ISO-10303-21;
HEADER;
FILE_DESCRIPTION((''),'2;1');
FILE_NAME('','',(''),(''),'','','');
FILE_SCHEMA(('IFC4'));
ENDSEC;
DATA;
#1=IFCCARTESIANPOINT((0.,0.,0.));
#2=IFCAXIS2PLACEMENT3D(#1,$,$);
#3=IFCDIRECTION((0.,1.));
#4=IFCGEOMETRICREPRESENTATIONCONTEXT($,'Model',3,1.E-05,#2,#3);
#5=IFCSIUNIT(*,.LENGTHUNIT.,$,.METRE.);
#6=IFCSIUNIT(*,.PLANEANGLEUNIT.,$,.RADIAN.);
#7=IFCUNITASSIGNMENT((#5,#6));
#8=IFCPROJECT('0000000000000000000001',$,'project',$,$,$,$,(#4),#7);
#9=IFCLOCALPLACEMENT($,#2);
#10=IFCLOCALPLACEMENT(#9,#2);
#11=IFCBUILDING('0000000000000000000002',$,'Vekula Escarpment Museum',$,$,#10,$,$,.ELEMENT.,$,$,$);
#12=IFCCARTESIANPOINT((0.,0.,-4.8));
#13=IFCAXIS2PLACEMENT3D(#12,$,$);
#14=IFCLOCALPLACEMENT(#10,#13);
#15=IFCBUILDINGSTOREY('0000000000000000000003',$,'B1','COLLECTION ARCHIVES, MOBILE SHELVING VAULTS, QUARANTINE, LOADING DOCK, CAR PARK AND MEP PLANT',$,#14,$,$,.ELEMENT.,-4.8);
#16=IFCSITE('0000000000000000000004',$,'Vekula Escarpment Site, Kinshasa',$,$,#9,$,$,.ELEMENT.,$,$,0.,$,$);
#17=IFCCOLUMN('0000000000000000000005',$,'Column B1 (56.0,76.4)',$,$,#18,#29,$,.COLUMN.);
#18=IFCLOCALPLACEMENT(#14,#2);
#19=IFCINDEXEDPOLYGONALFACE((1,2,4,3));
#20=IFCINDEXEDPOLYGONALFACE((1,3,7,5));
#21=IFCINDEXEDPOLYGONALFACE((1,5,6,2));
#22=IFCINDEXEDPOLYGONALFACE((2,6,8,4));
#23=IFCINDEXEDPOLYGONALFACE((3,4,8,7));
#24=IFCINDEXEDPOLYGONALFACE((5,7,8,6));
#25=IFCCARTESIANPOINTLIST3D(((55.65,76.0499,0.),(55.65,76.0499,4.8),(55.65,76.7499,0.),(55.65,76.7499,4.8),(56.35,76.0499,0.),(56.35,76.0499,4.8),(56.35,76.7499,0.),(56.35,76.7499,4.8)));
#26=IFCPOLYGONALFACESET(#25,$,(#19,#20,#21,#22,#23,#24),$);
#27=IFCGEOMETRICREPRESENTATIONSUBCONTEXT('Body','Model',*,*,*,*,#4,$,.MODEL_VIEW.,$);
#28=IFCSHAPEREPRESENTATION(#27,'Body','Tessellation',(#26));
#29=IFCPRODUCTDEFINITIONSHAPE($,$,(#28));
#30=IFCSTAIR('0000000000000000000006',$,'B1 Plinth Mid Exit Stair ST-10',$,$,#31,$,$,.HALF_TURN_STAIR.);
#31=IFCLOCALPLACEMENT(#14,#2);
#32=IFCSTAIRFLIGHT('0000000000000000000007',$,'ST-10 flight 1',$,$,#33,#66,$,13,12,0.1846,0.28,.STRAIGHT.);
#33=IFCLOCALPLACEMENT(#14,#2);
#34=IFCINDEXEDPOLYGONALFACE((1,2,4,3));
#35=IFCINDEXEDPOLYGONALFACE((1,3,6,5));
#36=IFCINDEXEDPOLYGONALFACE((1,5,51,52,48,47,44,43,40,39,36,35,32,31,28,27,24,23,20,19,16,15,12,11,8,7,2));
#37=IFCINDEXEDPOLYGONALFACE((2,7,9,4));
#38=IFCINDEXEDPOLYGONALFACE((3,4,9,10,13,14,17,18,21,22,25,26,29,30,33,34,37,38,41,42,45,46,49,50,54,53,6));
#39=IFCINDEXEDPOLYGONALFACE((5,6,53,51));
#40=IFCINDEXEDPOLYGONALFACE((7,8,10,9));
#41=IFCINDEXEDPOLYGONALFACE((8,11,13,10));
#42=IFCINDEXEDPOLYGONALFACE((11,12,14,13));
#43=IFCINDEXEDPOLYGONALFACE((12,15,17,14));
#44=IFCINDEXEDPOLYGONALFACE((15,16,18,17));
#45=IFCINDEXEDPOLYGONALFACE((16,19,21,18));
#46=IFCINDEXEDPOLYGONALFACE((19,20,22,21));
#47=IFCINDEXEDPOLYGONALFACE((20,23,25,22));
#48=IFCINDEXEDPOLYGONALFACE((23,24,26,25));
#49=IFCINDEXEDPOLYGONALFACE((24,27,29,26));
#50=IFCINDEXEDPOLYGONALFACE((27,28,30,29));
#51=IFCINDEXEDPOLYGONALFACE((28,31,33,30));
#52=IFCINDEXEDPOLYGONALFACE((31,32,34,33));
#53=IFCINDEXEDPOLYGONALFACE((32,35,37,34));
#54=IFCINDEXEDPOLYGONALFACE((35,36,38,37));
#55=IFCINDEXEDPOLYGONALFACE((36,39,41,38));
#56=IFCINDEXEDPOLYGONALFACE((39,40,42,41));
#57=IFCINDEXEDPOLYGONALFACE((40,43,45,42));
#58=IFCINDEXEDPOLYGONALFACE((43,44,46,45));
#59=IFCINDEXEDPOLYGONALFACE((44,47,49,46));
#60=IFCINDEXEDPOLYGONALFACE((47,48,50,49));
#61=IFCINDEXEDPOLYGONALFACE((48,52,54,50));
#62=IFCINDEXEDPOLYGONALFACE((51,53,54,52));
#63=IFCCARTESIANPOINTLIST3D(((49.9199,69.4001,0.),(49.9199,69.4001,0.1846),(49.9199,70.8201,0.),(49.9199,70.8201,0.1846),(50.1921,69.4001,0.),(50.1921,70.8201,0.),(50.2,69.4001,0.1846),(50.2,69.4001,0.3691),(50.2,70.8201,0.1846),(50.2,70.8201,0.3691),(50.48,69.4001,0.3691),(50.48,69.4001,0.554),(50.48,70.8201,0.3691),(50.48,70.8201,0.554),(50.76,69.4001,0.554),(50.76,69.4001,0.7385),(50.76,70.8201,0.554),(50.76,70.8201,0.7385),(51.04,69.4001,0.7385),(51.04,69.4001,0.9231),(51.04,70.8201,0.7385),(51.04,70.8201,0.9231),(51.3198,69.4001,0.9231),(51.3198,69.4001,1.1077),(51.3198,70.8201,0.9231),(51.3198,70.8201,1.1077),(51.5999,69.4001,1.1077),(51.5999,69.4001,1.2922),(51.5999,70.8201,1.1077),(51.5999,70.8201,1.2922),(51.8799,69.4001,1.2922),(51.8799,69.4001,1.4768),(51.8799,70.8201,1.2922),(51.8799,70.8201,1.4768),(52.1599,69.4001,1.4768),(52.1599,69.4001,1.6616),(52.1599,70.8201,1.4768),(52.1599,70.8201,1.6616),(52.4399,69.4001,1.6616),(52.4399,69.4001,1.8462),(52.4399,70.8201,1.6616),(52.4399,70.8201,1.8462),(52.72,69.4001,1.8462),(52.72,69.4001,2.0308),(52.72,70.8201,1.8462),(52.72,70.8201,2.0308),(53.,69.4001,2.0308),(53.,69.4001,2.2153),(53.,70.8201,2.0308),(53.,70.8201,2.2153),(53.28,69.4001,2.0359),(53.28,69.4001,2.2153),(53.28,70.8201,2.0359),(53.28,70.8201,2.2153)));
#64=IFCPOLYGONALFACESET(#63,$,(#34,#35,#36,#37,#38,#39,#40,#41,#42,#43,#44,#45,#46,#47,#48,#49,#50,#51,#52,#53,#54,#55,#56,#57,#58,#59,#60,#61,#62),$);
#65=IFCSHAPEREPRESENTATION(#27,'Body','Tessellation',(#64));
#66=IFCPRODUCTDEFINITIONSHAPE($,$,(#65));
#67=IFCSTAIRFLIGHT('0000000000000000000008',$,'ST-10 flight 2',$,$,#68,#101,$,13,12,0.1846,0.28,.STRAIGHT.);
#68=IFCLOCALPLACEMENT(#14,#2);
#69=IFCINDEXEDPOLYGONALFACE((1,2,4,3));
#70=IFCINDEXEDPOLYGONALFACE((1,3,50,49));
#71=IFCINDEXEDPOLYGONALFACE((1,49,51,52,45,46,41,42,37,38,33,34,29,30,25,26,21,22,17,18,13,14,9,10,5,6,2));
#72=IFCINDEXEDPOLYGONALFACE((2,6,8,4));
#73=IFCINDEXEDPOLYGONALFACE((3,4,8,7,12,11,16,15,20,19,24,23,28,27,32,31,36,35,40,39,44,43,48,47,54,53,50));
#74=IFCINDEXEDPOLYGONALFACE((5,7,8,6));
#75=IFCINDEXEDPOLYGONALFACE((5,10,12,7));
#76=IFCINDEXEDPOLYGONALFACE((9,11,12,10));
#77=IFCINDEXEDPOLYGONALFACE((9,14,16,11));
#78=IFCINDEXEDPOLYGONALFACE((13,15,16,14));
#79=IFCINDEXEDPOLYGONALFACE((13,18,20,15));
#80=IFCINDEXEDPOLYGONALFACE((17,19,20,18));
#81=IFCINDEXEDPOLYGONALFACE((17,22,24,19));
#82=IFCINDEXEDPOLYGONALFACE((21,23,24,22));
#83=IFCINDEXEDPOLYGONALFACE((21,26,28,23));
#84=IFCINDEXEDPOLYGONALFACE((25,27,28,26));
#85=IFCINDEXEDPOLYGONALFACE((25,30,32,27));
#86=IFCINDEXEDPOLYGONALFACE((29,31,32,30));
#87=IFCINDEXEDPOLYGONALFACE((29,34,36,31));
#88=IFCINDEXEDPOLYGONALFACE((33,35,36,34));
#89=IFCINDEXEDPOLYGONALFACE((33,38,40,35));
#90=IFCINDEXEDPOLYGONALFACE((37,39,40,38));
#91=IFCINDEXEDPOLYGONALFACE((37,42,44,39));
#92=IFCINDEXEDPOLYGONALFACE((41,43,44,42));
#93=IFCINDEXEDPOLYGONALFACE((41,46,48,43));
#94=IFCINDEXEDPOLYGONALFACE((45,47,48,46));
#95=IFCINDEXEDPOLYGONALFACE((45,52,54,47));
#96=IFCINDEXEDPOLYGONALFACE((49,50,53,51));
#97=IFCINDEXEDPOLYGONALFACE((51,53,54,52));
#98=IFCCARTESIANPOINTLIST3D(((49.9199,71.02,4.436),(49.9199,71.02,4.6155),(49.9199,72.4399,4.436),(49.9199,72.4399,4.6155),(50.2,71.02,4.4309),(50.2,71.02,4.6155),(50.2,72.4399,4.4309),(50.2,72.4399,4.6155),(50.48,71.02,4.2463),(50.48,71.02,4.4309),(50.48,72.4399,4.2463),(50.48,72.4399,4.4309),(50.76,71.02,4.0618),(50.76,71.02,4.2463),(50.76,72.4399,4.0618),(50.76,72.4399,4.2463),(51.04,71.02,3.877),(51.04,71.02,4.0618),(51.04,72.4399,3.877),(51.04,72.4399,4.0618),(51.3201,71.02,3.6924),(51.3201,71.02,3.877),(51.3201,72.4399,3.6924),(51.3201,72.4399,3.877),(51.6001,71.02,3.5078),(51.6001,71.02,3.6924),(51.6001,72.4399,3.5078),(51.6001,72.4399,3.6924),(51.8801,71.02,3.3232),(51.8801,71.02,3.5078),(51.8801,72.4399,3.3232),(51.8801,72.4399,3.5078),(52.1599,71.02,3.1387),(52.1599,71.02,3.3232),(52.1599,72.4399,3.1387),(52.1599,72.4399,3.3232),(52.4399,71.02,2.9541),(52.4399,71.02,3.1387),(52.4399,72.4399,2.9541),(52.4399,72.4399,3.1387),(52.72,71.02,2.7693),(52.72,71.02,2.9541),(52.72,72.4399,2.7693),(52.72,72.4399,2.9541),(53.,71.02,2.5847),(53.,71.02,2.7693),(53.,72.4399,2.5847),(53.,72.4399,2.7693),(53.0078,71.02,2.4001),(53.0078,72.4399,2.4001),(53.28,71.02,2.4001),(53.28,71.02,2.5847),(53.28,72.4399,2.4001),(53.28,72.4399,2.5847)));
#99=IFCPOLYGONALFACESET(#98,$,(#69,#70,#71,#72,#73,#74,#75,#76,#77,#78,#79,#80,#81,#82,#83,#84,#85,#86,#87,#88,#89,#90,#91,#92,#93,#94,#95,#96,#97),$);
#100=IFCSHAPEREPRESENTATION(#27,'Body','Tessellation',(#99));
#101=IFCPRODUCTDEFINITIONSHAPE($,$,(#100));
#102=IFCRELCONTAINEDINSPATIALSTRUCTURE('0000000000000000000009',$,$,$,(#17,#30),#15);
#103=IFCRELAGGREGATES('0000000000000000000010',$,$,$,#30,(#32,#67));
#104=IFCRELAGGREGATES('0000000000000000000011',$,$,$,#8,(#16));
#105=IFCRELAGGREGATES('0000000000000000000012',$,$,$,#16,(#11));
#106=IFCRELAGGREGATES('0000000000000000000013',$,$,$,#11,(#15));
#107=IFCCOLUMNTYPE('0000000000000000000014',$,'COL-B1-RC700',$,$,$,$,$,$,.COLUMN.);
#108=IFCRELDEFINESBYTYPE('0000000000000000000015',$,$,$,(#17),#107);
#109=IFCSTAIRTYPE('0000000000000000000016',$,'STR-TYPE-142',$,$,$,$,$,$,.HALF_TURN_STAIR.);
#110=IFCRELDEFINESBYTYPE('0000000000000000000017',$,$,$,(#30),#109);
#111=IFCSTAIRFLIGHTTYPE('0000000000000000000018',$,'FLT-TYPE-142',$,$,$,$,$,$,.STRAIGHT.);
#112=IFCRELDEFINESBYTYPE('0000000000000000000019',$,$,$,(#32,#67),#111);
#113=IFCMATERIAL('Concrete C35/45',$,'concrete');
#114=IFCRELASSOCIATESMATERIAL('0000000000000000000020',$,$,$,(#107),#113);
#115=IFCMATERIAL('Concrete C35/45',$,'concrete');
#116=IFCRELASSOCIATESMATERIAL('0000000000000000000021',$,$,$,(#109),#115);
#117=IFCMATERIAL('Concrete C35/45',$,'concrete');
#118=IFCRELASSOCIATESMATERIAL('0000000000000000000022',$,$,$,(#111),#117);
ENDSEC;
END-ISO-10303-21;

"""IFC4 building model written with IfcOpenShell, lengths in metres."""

from ifc_helpers import new_model, si_unit, direction, frame, origin, origin_2d, place, context, subcontext, project, spatial, polyline, rectangle, outline, extrude, material, material_profile, profile_set, type_object, element, aggregate, save


model = new_model("IFC4")

# Units and contexts
model_context = context("Model", 3, precision=1e-05, world=origin(), true_north=direction((0.0, 1.0)))
body_context = subcontext(model_context, "Body", "Model", "MODEL_VIEW")
ifc_project = project(units=[si_unit("LENGTHUNIT", "METRE"), si_unit("PLANEANGLEUNIT", "RADIAN")], contexts=[model_context])

# Site, building, storey
site_placement = place(None, origin())
site = spatial("IfcSite", under=ifc_project, at=site_placement, Name="Vekula Escarpment Site, Kinshasa", CompositionType="ELEMENT", RefElevation=0.0)
building_placement = place(site_placement, origin())
building = spatial("IfcBuilding", under=site, at=building_placement, Name="Vekula Escarpment Museum", CompositionType="ELEMENT")
storey_placement = place(building_placement, frame((0.0, 0.0, -4.8)))
storey = spatial("IfcBuildingStorey", under=building, at=storey_placement, Name="B1", Description="COLLECTION ARCHIVES, MOBILE SHELVING VAULTS, QUARANTINE, LOADING DOCK, CAR PARK AND MEP PLANT", CompositionType="ELEMENT", Elevation=-4.8)

# Column
ifc_material_1 = material(Name="Concrete C35/45", Category="concrete")
ifc_material_profile_1 = material_profile(ifc_material_1, rectangle(XDim=0.7, YDim=0.7, at=origin_2d()), Name="RC 700x700")
ifc_profile_set_1 = profile_set([ifc_material_profile_1], Name="Concrete C35/45")
column_type_1 = type_object("IfcColumnType", Name="COL-B1-RC700", PredefinedType="COLUMN", material=ifc_profile_set_1)
column_1_placement = place(storey_placement, frame((56.0, 76.3999, 0.0), z_axis=(0.0, 0.0, 1.0), x_axis=(1.0, 0.0, 0.0)))
element("IfcColumn", 1, at=column_1_placement, inside=storey, type_object=column_type_1, Name="Column B1 (56.0,76.4)", PredefinedType="COLUMN", context=body_context, shape_type="SweptSolid", body=[
    extrude(rectangle(XDim=0.7, YDim=0.7, at=origin_2d()), origin(), (0.0, 0.0, 1.0), 4.8),
])

# Stair, stair flights
ifc_material_2 = material(Name="Concrete C35/45", Category="concrete")
stair_type = type_object("IfcStairType", Name="STR-TYPE-142", PredefinedType="HALF_TURN_STAIR", material=ifc_material_2)
stair_placement = place(storey_placement, origin())
stair = element("IfcStair", 2, at=stair_placement, inside=storey, type_object=stair_type, Name="B1 Plinth Mid Exit Stair ST-10", PredefinedType="HALF_TURN_STAIR")
ifc_material_3 = material(Name="Concrete C35/45", Category="concrete")
stair_flight_type = type_object("IfcStairFlightType", Name="FLT-TYPE-142", PredefinedType="STRAIGHT", material=ifc_material_3)
stair_flight_1_placement = place(storey_placement, frame((49.9199, 70.1101, 0.0), z_axis=(0.0, 0.0, 1.0), x_axis=(1.0, 0.0, 0.0)))
stair_flight_1 = element("IfcStairFlight", 3, at=stair_flight_1_placement, type_object=stair_flight_type, Name="ST-10 flight 1", NumberOfRisers=13, NumberOfTreads=12, PredefinedType="STRAIGHT", RiserHeight=0.1846, TreadLength=0.28, context=body_context, shape_type="SweptSolid", body=[
    extrude(outline(polyline([(0.0, 0.0), (0.0, 0.1846), (0.28, 0.1846), (0.28, 0.3691), (0.5601, 0.3691), (0.5601, 0.554), (0.8401, 0.554), (0.8401, 0.7385), (1.1201, 0.7385), (1.1201, 0.9231), (1.3999, 0.9231), (1.3999, 1.1077), (1.6799, 1.1077), (1.6799, 1.2922), (1.96, 1.2922), (1.96, 1.4768), (2.24, 1.4768), (2.24, 1.6616), (2.52, 1.6616), (2.52, 1.8462), (2.8, 1.8462), (2.8, 2.0308), (3.0801, 2.0308), (3.0801, 2.2153), (3.3601, 2.2153), (3.3601, 2.3999), (3.3601, 2.0359), (0.2722, 0.0), (0.0, 0.0)])), frame((0.0, 0.71, 0.0), z_axis=(0.0, -1.0, 0.0), x_axis=(1.0, 0.0, 0.0)), (0.0, 0.0, 1.0), 1.4199),
])
stair_flight_2_placement = place(storey_placement, frame((53.28, 71.73, 2.4001), z_axis=(0.0, 0.0, 1.0), x_axis=(-1.0, 0.0, 0.0)))
stair_flight_2 = element("IfcStairFlight", 4, at=stair_flight_2_placement, type_object=stair_flight_type, Name="ST-10 flight 2", NumberOfRisers=13, NumberOfTreads=12, PredefinedType="STRAIGHT", RiserHeight=0.1846, TreadLength=0.28, context=body_context, shape_type="SweptSolid", body=[
    extrude(outline(polyline([(0.0, 0.0), (0.0, 0.1846), (0.28, 0.1846), (0.28, 0.3691), (0.5601, 0.3691), (0.5601, 0.554), (0.8401, 0.554), (0.8401, 0.7385), (1.1201, 0.7385), (1.1201, 0.9231), (1.3999, 0.9231), (1.3999, 1.1077), (1.6799, 1.1077), (1.6799, 1.2922), (1.96, 1.2922), (1.96, 1.4768), (2.24, 1.4768), (2.24, 1.6616), (2.52, 1.6616), (2.52, 1.8462), (2.8, 1.8462), (2.8, 2.0308), (3.0801, 2.0308), (3.0801, 2.2153), (3.3601, 2.2153), (3.3601, 2.3999), (3.3601, 2.0359), (0.2722, 0.0), (0.0, 0.0)])), frame((0.0, 0.71, 0.0), z_axis=(0.0, -1.0, 0.0), x_axis=(1.0, 0.0, 0.0)), (0.0, 0.0, 1.0), 1.4199),
])
aggregate(stair, [stair_flight_1, stair_flight_2])

save(model, "model.ifc")
